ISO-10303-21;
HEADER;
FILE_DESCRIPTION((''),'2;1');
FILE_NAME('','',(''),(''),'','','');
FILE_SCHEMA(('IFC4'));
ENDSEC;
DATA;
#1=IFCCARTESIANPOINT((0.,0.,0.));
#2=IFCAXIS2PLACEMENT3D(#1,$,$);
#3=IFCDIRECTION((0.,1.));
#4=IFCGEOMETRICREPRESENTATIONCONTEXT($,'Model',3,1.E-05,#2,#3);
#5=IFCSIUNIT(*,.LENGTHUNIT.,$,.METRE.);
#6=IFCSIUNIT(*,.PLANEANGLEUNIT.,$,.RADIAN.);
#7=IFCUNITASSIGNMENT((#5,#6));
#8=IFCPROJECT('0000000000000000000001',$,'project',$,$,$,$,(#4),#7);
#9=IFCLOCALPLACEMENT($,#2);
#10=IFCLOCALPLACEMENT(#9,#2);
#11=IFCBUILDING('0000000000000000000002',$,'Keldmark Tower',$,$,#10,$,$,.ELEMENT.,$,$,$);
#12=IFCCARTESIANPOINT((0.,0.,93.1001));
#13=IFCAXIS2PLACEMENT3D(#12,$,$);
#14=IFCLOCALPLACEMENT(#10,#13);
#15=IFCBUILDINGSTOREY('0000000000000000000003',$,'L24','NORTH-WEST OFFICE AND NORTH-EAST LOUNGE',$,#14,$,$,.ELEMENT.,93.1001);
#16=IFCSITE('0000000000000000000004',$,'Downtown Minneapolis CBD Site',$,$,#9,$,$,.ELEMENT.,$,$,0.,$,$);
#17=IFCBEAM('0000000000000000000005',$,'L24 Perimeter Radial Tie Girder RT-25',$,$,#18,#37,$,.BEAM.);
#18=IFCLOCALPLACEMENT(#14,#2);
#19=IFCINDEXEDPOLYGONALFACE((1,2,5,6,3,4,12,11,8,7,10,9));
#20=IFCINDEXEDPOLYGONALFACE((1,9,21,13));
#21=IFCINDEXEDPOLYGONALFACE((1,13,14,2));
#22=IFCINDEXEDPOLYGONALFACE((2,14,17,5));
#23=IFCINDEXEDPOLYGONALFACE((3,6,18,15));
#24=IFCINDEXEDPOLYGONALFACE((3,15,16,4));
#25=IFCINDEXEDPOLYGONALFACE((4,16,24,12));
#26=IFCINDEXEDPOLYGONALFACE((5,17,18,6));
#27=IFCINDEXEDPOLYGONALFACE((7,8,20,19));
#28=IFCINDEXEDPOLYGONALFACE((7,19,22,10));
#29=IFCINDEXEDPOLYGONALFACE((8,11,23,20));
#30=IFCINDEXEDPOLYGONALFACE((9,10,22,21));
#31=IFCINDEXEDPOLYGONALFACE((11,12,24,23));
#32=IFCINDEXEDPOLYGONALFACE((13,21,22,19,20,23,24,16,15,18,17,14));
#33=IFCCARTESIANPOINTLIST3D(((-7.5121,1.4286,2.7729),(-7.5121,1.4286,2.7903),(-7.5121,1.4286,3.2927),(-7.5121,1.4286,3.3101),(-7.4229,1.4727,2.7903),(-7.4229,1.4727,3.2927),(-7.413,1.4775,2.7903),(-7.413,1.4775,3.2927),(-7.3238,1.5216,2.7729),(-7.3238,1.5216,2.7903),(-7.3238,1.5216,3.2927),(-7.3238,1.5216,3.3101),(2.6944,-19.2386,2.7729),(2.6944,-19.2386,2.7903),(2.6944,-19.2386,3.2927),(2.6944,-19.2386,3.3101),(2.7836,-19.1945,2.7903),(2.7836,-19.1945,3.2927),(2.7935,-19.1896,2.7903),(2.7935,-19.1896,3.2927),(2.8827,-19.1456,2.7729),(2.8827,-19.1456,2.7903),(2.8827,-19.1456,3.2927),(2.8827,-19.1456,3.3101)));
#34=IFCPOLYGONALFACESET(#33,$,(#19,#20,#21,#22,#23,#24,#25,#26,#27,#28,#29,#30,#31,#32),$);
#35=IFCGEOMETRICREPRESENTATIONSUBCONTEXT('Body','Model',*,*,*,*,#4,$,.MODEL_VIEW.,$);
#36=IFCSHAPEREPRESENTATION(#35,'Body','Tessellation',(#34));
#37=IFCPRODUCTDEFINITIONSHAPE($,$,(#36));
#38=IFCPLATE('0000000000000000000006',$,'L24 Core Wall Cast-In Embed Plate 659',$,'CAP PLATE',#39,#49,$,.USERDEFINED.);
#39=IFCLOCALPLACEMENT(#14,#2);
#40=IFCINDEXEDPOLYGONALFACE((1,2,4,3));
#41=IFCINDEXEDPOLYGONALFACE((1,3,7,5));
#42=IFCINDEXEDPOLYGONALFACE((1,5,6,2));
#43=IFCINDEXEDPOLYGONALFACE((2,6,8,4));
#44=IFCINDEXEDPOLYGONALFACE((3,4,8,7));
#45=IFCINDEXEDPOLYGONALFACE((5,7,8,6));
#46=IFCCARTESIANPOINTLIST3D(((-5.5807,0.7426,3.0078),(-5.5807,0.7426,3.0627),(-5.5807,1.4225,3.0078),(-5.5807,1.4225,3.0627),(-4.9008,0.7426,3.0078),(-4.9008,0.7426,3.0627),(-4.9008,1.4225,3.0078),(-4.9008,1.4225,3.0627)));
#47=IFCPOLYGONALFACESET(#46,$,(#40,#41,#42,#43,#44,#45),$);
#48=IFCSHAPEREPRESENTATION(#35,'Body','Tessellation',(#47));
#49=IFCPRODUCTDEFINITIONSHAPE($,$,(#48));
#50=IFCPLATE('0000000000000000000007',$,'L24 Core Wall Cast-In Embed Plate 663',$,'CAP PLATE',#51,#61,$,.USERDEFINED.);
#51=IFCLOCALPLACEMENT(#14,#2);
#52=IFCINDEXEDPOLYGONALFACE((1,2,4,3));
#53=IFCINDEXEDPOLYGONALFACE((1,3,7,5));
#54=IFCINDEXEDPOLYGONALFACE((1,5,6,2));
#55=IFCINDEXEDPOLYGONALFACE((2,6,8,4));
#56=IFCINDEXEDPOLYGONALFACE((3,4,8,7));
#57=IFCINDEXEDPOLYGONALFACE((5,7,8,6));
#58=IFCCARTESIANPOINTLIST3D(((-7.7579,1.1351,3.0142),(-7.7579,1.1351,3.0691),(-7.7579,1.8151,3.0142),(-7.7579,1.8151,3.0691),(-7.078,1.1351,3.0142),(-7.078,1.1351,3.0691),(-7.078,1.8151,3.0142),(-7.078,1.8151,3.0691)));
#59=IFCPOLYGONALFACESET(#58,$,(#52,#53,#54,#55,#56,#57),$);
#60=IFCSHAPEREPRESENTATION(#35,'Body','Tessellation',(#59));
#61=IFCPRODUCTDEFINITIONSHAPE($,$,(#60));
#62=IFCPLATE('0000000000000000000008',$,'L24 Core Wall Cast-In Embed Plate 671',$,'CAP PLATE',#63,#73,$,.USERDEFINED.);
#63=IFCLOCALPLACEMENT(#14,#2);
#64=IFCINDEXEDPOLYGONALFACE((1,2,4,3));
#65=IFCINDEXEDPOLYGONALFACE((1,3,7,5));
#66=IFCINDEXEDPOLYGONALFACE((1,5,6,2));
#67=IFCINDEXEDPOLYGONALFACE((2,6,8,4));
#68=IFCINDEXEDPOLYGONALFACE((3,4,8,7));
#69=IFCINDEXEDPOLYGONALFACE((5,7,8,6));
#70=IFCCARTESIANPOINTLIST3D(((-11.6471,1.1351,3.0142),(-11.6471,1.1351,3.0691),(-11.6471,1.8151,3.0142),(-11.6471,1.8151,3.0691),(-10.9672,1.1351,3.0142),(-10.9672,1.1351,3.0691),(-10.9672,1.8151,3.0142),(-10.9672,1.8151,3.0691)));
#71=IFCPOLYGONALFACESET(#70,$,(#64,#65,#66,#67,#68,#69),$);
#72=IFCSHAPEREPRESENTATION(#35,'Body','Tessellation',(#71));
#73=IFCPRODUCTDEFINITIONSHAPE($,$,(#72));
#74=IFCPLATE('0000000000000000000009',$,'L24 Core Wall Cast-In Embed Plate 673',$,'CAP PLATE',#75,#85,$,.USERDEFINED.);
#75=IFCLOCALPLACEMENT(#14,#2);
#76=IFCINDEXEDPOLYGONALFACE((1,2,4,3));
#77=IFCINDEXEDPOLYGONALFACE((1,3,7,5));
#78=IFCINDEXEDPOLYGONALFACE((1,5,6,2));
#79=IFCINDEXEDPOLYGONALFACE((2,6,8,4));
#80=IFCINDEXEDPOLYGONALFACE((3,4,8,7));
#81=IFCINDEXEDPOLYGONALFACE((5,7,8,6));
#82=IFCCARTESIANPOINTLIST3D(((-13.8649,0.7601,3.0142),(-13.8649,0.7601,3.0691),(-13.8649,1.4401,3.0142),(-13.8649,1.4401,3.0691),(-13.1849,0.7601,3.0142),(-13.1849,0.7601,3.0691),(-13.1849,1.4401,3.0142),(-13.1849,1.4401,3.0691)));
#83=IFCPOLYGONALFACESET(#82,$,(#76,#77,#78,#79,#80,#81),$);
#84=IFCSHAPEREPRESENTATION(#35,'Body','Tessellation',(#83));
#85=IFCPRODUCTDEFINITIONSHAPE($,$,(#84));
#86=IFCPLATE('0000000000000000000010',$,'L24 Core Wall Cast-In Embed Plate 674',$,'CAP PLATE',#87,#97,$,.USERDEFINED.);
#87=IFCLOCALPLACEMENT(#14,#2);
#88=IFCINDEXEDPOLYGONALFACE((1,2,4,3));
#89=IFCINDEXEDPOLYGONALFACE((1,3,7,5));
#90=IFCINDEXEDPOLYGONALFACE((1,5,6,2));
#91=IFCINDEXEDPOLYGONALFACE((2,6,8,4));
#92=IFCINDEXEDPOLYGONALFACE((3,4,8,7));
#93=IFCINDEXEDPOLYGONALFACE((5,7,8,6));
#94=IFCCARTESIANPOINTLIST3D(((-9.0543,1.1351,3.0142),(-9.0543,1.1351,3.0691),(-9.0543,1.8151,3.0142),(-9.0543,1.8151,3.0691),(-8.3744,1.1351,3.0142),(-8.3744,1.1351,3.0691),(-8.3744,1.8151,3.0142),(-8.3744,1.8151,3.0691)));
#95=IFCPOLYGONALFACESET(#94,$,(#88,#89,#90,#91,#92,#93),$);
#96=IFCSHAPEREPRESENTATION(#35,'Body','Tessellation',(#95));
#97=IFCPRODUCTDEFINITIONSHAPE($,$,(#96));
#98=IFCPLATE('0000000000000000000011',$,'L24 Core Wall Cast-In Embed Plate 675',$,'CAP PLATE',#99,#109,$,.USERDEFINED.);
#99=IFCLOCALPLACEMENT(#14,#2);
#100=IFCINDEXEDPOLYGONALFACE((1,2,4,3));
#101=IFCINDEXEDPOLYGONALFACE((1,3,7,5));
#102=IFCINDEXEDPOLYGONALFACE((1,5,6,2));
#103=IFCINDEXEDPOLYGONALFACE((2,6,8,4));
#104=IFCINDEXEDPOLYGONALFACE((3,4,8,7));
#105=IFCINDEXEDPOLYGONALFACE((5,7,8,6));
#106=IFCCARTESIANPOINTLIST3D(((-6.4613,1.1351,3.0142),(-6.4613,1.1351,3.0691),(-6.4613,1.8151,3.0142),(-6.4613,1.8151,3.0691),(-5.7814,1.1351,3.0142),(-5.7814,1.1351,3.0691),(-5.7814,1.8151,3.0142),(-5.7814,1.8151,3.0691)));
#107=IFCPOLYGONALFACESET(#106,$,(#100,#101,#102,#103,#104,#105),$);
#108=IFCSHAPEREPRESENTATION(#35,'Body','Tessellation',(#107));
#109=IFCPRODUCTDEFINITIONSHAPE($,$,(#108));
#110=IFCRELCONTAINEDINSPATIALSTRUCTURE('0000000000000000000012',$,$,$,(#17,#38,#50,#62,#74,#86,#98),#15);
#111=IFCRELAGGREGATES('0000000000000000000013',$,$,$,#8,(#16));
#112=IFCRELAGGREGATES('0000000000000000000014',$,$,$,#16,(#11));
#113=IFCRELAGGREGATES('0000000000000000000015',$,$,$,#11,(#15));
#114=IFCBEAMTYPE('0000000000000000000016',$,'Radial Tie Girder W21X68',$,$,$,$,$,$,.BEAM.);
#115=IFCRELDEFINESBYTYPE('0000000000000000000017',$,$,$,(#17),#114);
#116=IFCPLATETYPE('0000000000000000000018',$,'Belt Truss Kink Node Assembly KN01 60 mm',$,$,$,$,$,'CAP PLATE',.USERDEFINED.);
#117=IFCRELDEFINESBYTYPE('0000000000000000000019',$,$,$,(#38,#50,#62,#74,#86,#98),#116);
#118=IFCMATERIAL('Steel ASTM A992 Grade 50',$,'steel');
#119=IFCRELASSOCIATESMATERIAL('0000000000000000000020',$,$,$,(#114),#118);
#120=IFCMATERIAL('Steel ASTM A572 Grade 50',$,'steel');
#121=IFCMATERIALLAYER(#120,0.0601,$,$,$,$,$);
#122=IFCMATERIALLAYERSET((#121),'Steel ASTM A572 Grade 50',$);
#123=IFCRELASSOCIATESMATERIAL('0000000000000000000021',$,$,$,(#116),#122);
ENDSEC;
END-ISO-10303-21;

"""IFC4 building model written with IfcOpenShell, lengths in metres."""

from ifc_helpers import new_model, si_unit, direction, frame, origin, origin_2d, place, context, subcontext, project, spatial, rectangle, i_section, extrude, material, layer, layer_set, material_profile, profile_set, type_object, element, save


model = new_model("IFC4")

# Units and contexts
model_context = context("Model", 3, precision=1e-05, world=origin(), true_north=direction((0.0, 1.0)))
body_context = subcontext(model_context, "Body", "Model", "MODEL_VIEW")
ifc_project = project(units=[si_unit("LENGTHUNIT", "METRE"), si_unit("PLANEANGLEUNIT", "RADIAN")], contexts=[model_context])

# Site, building, storey
site_placement = place(None, origin())
site = spatial("IfcSite", under=ifc_project, at=site_placement, Name="Downtown Minneapolis CBD Site", CompositionType="ELEMENT", RefElevation=0.0)
building_placement = place(site_placement, origin())
building = spatial("IfcBuilding", under=site, at=building_placement, Name="Keldmark Tower", CompositionType="ELEMENT")
storey_placement = place(building_placement, frame((0.0, 0.0, 93.1001)))
storey = spatial("IfcBuildingStorey", under=building, at=storey_placement, Name="L24", Description="NORTH-WEST OFFICE AND NORTH-EAST LOUNGE", CompositionType="ELEMENT", Elevation=93.1001)

# Beam
ifc_material_1 = material(Name="Steel ASTM A992 Grade 50", Category="steel")
ifc_material_profile_1 = material_profile(ifc_material_1, i_section(OverallWidth=0.21, OverallDepth=0.5371, WebThickness=0.011, FlangeThickness=0.0173, at=origin_2d()), Name="W21X68")
ifc_profile_set_1 = profile_set([ifc_material_profile_1], Name="Steel ASTM A992 Grade 50")
beam_type = type_object("IfcBeamType", Name="Radial Tie Girder W21X68", PredefinedType="BEAM", material=ifc_profile_set_1)
beam_1_placement = place(storey_placement, frame((-7.418, 1.4751, 3.0415), z_axis=(0.442798, -0.896622, 0.0), x_axis=(0.896622, 0.442798, 0.0)))
element("IfcBeam", 1, at=beam_1_placement, inside=storey, type_object=beam_type, Name="L24 Perimeter Radial Tie Girder RT-25", PredefinedType="BEAM", context=body_context, shape_type="SweptSolid", body=[
    extrude(i_section(OverallWidth=0.21, OverallDepth=0.5371, WebThickness=0.011, FlangeThickness=0.0173, at=origin_2d()), origin(), (0.0, 0.0, 1.0), 23.05),
])

# Plates
ifc_material_2 = material(Name="Steel ASTM A572 Grade 50", Category="steel")
ifc_layer_1 = layer(ifc_material_2, 0.0601)
ifc_layer_set_1 = layer_set([ifc_layer_1], Name="Steel ASTM A572 Grade 50")
plate_type = type_object("IfcPlateType", Name="Belt Truss Kink Node Assembly KN01 60 mm", ElementType="CAP PLATE", PredefinedType="USERDEFINED", material=ifc_layer_set_1)
for number, where, z_axis, x_axis, name in (
    (2, (-5.2407, 1.0825, 3.0078), (0.0, 0.0, 1.0), (1.0, 0.0, 0.0), "L24 Core Wall Cast-In Embed Plate 659"),
    (3, (-7.418, 1.4751, 3.0142), (0.0, 0.0, 1.0), (1.0, 0.0, 0.0), "L24 Core Wall Cast-In Embed Plate 663"),
    (4, (-11.3071, 1.4751, 3.0142), (0.0, 0.0, 1.0), (1.0, 0.0, 0.0), "L24 Core Wall Cast-In Embed Plate 671"),
    (5, (-13.5249, 1.1001, 3.0142), (0.0, 0.0, 1.0), (1.0, 0.0, 0.0), "L24 Core Wall Cast-In Embed Plate 673"),
    (6, (-8.7144, 1.4751, 3.0142), (0.0, 0.0, 1.0), (1.0, 0.0, 0.0), "L24 Core Wall Cast-In Embed Plate 674"),
    (7, (-6.1213, 1.4751, 3.0142), (0.0, 0.0, 1.0), (1.0, 0.0, 0.0), "L24 Core Wall Cast-In Embed Plate 675"),
):
    element("IfcPlate", number, at=place(storey_placement, frame(where, z_axis=z_axis, x_axis=x_axis)), inside=storey, type_object=plate_type, Name=name, ObjectType="CAP PLATE", PredefinedType="USERDEFINED", context=body_context, shape_type="SweptSolid", body=[
        extrude(rectangle(XDim=0.6799, YDim=0.6799, at=origin_2d()), origin(), (0.0, 0.0, 1.0), 0.0549),
    ])

save(model, "model.ifc")
